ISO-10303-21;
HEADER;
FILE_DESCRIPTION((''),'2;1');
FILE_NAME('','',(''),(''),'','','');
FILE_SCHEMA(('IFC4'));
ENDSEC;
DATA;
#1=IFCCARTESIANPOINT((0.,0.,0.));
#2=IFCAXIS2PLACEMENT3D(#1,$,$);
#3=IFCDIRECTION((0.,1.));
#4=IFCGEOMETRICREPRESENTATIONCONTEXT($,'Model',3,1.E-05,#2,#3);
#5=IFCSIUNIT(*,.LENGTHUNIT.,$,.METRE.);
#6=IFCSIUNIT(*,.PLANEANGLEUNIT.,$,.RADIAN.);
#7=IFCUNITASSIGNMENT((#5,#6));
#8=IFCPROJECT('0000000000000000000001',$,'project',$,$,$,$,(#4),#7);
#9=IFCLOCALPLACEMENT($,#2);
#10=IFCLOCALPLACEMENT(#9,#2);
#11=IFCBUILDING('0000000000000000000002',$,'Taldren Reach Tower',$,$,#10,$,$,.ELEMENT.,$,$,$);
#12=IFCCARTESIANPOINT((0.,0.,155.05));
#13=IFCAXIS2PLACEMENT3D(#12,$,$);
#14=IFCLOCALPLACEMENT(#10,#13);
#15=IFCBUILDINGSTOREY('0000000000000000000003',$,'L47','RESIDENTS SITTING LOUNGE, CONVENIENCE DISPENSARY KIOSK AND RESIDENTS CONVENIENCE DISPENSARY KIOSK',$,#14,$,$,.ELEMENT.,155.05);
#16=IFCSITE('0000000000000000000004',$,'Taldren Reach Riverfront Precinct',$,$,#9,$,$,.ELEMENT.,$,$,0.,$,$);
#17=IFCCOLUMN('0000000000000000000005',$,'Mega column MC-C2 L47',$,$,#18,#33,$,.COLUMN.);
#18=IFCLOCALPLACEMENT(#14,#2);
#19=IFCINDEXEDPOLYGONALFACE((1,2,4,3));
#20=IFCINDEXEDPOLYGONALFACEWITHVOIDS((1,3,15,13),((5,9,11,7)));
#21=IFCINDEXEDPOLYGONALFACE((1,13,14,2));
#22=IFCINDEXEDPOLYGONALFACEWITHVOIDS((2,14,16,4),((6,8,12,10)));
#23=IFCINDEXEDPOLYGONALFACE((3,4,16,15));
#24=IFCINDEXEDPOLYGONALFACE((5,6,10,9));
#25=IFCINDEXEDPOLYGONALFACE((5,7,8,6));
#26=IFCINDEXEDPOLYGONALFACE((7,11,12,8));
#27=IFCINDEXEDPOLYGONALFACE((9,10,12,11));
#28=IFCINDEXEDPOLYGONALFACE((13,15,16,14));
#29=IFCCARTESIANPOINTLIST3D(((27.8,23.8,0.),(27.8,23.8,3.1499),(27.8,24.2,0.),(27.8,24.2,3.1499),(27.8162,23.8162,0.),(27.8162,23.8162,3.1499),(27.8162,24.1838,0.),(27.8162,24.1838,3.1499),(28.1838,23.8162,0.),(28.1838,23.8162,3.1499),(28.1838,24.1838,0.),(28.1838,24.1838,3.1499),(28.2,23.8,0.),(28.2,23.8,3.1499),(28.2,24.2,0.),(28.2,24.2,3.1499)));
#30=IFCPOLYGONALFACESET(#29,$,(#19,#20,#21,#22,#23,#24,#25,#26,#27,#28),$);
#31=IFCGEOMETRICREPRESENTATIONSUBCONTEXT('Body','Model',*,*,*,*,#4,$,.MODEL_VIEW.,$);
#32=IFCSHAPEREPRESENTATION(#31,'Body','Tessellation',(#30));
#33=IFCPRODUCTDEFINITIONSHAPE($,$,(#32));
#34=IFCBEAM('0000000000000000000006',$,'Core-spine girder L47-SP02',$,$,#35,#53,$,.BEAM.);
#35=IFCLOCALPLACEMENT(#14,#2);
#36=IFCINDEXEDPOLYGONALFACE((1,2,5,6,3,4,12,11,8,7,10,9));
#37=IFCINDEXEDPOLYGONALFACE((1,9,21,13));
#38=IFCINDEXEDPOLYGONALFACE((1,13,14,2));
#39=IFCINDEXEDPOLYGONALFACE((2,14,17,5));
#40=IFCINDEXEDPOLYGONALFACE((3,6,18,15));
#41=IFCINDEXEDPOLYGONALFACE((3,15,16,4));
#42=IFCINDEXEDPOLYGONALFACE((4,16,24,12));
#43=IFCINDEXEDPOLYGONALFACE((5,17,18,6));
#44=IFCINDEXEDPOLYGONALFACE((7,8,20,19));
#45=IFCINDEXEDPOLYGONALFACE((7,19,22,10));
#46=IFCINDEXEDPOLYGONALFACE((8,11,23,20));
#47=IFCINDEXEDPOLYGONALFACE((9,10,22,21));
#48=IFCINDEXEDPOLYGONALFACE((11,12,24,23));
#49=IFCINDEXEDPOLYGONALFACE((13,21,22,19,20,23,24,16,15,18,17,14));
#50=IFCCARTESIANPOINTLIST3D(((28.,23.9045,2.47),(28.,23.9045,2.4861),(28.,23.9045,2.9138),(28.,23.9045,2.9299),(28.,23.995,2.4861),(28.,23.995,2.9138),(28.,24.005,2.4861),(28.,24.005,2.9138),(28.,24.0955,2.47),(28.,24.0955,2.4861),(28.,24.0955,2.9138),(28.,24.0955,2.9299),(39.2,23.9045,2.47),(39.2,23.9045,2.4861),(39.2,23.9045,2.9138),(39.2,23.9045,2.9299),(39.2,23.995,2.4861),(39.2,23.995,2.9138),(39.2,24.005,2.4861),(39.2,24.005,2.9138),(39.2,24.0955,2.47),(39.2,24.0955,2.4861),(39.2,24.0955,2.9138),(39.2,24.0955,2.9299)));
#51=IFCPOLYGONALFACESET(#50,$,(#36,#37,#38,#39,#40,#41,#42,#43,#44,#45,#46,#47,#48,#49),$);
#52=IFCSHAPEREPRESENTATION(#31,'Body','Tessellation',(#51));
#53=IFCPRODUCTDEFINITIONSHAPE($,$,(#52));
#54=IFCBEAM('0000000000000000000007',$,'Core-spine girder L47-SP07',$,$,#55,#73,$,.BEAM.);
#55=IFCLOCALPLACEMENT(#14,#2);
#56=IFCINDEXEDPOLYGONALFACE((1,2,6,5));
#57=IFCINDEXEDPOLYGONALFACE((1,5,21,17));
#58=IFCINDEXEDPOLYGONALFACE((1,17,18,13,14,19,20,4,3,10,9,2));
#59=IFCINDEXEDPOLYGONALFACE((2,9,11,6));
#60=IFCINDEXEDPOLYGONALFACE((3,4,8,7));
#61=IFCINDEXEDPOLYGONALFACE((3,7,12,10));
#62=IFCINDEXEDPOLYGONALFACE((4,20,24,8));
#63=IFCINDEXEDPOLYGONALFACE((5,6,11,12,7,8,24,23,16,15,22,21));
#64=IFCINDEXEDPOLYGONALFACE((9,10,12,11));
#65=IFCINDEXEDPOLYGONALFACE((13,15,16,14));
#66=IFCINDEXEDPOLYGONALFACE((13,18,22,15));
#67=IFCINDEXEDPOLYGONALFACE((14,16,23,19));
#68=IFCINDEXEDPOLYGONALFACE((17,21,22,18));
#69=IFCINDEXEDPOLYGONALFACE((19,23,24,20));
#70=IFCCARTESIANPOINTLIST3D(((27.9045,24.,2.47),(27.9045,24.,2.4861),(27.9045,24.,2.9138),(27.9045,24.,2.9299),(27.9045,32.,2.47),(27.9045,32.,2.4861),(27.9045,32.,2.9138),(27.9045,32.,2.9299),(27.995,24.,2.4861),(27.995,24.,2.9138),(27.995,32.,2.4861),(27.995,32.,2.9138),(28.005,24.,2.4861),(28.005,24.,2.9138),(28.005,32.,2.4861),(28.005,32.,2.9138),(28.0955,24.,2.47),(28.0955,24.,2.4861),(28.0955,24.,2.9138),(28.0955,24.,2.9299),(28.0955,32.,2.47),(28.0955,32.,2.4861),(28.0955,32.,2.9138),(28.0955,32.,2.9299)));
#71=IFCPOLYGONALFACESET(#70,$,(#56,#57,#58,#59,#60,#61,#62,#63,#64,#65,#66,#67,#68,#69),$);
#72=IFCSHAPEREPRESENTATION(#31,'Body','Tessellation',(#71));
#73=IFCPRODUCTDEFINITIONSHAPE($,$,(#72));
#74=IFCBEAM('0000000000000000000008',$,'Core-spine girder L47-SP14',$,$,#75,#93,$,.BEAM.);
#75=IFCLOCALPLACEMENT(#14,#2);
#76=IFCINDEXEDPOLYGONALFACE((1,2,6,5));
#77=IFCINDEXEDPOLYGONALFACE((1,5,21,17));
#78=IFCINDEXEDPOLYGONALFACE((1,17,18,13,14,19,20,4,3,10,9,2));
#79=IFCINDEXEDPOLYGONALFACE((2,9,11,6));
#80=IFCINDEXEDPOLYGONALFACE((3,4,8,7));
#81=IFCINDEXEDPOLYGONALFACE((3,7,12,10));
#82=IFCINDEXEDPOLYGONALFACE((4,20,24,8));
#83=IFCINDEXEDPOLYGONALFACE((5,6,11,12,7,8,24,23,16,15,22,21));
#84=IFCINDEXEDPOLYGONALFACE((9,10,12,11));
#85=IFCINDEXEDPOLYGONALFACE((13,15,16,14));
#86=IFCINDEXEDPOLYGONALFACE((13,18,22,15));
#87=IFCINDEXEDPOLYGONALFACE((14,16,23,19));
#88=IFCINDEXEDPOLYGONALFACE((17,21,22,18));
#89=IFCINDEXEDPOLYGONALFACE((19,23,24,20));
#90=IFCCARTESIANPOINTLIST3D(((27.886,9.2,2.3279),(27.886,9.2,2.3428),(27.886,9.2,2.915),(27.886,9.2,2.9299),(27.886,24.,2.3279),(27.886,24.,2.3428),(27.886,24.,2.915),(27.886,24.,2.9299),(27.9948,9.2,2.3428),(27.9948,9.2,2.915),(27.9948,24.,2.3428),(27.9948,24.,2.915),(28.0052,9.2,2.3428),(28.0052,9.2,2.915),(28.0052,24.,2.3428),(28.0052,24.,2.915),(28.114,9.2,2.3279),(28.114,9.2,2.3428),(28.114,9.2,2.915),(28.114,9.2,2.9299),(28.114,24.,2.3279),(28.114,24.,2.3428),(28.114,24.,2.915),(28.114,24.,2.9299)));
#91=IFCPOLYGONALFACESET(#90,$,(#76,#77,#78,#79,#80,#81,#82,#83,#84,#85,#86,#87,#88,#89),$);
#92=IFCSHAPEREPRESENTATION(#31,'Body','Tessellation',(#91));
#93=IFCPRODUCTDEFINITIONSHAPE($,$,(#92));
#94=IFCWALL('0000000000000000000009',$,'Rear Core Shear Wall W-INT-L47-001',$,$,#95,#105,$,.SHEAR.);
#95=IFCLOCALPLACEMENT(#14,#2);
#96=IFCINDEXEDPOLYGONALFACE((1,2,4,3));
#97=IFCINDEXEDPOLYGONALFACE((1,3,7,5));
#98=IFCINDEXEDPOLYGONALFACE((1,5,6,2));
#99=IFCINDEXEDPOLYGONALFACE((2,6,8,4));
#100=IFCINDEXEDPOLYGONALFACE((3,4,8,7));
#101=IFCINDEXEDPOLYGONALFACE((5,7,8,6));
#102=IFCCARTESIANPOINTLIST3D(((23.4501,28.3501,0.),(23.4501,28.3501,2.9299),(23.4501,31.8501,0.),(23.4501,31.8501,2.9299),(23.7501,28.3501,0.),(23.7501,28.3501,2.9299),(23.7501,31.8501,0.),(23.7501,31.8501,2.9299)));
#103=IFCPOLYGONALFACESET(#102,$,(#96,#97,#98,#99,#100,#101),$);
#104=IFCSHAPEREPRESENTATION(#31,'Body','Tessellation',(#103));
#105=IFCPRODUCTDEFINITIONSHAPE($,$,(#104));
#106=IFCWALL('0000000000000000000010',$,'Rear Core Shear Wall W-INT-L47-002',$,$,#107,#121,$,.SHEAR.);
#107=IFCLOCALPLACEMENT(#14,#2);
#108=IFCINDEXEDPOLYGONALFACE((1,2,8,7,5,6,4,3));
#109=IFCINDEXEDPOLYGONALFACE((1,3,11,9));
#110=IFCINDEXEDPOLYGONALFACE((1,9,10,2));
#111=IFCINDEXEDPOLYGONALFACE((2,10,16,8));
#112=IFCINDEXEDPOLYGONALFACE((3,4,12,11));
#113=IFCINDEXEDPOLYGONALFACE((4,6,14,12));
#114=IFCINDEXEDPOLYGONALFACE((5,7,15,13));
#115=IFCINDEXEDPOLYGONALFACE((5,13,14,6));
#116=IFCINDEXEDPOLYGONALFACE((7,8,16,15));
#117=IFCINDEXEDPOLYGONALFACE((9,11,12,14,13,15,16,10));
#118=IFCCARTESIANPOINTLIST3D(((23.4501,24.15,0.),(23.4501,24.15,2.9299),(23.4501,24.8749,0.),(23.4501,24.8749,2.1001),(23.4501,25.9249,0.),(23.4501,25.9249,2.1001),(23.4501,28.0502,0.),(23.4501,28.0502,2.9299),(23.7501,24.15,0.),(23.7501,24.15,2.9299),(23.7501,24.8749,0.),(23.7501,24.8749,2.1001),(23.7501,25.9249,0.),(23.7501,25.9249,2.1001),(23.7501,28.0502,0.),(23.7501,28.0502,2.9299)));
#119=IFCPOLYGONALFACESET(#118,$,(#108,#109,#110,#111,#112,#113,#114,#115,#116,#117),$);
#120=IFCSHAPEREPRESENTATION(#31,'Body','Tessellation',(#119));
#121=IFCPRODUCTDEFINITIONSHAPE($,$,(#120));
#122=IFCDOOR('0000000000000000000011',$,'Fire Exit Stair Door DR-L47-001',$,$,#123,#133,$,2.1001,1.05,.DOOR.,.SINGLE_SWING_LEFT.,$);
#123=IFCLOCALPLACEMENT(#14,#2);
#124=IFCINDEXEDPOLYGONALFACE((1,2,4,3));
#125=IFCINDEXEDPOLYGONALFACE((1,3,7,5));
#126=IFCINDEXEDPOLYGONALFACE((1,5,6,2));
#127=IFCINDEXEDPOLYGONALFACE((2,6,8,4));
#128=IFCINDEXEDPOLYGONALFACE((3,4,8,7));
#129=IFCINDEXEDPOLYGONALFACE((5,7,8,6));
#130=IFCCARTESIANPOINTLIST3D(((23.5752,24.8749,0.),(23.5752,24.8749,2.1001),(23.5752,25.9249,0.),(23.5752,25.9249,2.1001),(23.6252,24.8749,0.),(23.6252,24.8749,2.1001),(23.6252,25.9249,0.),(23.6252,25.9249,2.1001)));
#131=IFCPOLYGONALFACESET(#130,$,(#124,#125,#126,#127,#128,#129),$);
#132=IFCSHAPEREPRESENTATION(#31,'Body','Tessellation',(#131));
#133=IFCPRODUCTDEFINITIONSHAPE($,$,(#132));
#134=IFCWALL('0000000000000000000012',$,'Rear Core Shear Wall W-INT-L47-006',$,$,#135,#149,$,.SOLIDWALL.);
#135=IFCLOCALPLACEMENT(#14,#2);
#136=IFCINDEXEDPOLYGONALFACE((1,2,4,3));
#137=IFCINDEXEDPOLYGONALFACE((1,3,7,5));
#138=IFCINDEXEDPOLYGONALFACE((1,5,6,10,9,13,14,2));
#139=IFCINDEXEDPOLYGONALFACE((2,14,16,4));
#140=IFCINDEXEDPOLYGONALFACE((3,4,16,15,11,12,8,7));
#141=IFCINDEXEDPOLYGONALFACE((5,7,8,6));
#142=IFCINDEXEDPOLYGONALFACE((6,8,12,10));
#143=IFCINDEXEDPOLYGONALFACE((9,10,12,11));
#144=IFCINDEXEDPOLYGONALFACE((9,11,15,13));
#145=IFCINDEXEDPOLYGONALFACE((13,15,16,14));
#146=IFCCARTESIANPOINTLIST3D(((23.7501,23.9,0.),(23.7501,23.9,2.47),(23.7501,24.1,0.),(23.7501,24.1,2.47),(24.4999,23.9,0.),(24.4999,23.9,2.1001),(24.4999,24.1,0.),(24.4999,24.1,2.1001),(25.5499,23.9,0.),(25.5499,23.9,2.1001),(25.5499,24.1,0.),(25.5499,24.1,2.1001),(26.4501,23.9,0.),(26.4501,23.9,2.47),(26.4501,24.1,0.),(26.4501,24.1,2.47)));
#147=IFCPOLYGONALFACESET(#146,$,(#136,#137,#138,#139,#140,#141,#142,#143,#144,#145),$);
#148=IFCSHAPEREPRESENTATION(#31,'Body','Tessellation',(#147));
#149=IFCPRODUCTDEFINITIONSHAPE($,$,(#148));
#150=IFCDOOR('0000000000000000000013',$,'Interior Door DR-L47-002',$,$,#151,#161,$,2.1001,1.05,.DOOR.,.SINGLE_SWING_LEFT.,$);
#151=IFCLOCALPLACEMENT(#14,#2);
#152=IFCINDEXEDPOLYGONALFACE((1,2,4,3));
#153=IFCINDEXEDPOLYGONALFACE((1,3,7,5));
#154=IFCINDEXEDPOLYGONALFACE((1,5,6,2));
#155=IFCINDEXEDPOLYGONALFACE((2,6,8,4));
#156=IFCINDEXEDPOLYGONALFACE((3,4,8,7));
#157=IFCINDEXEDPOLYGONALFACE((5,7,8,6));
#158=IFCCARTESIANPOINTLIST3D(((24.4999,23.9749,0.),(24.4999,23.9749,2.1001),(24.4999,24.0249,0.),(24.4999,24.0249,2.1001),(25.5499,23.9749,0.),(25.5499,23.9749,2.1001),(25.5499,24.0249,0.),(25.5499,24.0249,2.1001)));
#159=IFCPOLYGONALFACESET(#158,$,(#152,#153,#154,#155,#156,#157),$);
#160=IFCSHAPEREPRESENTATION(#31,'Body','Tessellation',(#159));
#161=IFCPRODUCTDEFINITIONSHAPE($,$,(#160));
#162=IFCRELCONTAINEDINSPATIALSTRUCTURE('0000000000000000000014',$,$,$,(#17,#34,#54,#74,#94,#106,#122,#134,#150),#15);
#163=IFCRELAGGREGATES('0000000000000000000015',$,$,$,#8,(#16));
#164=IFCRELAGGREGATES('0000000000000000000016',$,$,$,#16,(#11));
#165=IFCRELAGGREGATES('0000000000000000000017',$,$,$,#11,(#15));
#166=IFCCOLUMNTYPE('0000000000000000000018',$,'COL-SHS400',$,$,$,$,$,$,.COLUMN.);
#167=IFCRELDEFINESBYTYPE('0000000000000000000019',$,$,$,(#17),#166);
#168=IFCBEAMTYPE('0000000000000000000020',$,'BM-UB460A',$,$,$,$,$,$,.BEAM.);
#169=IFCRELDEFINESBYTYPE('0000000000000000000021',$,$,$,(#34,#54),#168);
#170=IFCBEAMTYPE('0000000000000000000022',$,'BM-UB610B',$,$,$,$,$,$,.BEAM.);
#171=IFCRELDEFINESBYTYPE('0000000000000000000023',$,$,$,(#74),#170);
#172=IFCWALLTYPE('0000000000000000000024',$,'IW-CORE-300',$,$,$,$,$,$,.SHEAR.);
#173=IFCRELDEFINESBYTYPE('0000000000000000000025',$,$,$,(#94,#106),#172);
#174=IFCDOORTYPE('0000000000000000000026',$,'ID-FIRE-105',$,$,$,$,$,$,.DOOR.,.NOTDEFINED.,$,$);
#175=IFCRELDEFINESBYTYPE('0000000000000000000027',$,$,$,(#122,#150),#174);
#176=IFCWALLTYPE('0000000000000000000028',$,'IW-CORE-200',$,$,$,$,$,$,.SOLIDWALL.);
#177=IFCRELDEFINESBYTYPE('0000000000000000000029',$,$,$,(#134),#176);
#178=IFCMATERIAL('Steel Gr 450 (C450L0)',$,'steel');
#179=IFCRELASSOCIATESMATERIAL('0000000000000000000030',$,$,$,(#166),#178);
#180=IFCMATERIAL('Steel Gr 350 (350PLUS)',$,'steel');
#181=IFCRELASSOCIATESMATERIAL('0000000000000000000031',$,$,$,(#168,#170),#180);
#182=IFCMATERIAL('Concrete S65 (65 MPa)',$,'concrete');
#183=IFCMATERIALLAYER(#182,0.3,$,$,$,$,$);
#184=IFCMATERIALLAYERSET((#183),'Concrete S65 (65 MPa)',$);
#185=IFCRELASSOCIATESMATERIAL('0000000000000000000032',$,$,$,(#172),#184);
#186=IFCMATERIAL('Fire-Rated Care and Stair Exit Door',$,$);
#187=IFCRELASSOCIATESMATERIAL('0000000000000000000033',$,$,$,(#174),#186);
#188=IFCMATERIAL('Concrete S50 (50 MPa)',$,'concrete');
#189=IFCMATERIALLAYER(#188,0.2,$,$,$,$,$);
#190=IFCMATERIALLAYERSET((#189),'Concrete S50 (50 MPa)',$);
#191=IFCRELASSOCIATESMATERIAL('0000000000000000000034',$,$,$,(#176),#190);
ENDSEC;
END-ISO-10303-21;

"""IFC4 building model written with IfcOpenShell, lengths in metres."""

from ifc_helpers import new_model, si_unit, direction, frame, frame_2d, origin, origin_2d, place, context, subcontext, project, spatial, rectangle, hollow_rectangle, i_section, extrude, source, transform, mapped, material, layer, layer_set, material_profile, profile_set, type_object, element, fill, save


model = new_model("IFC4")

# Units and contexts
model_context = context("Model", 3, precision=1e-05, world=origin(), true_north=direction((0.0, 1.0)))
body_context = subcontext(model_context, "Body", "Model", "MODEL_VIEW")
ifc_project = project(units=[si_unit("LENGTHUNIT", "METRE"), si_unit("PLANEANGLEUNIT", "RADIAN")], contexts=[model_context])

# Site, building, storey
site_placement = place(None, origin())
site = spatial("IfcSite", under=ifc_project, at=site_placement, Name="Taldren Reach Riverfront Precinct", CompositionType="ELEMENT", RefElevation=0.0)
building_placement = place(site_placement, origin())
building = spatial("IfcBuilding", under=site, at=building_placement, Name="Taldren Reach Tower", CompositionType="ELEMENT")
storey_placement = place(building_placement, frame((0.0, 0.0, 155.05)))
storey = spatial("IfcBuildingStorey", under=building, at=storey_placement, Name="L47", Description="RESIDENTS SITTING LOUNGE, CONVENIENCE DISPENSARY KIOSK AND RESIDENTS CONVENIENCE DISPENSARY KIOSK", CompositionType="ELEMENT", Elevation=155.05)

# Column
ifc_material_1 = material(Name="Steel Gr 450 (C450L0)", Category="steel")
ifc_material_profile_1 = material_profile(ifc_material_1, hollow_rectangle(XDim=0.3999, YDim=0.3999, WallThickness=0.0161, at=origin_2d()), Name="400x400x16.0SHS")
ifc_profile_set_1 = profile_set([ifc_material_profile_1], Name="Steel Gr 450 (C450L0)")
column_type = type_object("IfcColumnType", Name="COL-SHS400", PredefinedType="COLUMN", material=ifc_profile_set_1)
shared_shape_1 = source(origin(), body_context, "Body", "SweptSolid", [
    extrude(hollow_rectangle(XDim=0.3999, YDim=0.3999, WallThickness=0.0161, at=origin_2d()), origin(), (0.0, 0.0, 1.0), 3.1499),
])
column_placement = place(storey_placement, frame((28.0, 24.0, 0.0), z_axis=(0.0, 0.0, 1.0), x_axis=(1.0, 0.0, 0.0)))
element("IfcColumn", 1, at=column_placement, inside=storey, type_object=column_type, Name="Mega column MC-C2 L47", PredefinedType="COLUMN", context=body_context, shape_type="MappedRepresentation", body=[
    mapped(shared_shape_1, transform((0.0, 0.0, 0.0), scale=1.0)),
])

# Beams
ifc_material_2 = material(Name="Steel Gr 350 (350PLUS)", Category="steel")
ifc_material_profile_2 = material_profile(ifc_material_2, i_section(OverallWidth=0.1909, OverallDepth=0.46, WebThickness=0.01, FlangeThickness=0.0161, at=origin_2d()), Name="460UB82.1")
ifc_profile_set_2 = profile_set([ifc_material_profile_2], Name="Steel Gr 350 (350PLUS)")
beam_type_1 = type_object("IfcBeamType", Name="BM-UB460A", PredefinedType="BEAM", material=ifc_profile_set_2)
shared_shape_2 = source(origin(), body_context, "Body", "SweptSolid", [
    extrude(i_section(OverallWidth=0.1909, OverallDepth=0.46, WebThickness=0.01, FlangeThickness=0.0161, at=origin_2d()), origin(), (0.0, 0.0, 1.0), 11.2),
])
beam_1_placement = place(storey_placement, frame((28.0, 24.0, 2.7), z_axis=(1.0, 0.0, 0.0), x_axis=(0.0, 1.0, 0.0)))
element("IfcBeam", 2, at=beam_1_placement, inside=storey, type_object=beam_type_1, Name="Core-spine girder L47-SP02", PredefinedType="BEAM", context=body_context, shape_type="MappedRepresentation", body=[
    mapped(shared_shape_2, transform((0.0, 0.0, 0.0), scale=1.0)),
])
shared_shape_3 = source(origin(), body_context, "Body", "SweptSolid", [
    extrude(i_section(OverallWidth=0.1909, OverallDepth=0.46, WebThickness=0.01, FlangeThickness=0.0161, at=origin_2d()), origin(), (0.0, 0.0, 1.0), 8.0),
])
beam_2_placement = place(storey_placement, frame((28.0, 24.0, 2.7), z_axis=(0.0, 1.0, 0.0), x_axis=(-1.0, 0.0, 0.0)))
element("IfcBeam", 3, at=beam_2_placement, inside=storey, type_object=beam_type_1, Name="Core-spine girder L47-SP07", PredefinedType="BEAM", context=body_context, shape_type="MappedRepresentation", body=[
    mapped(shared_shape_3, transform((0.0, 0.0, 0.0), scale=1.0)),
])
ifc_material_profile_3 = material_profile(ifc_material_2, i_section(OverallWidth=0.228, OverallDepth=0.6021, WebThickness=0.0105, FlangeThickness=0.0149, at=origin_2d()), Name="610UB101")
ifc_profile_set_3 = profile_set([ifc_material_profile_3], Name="Steel Gr 350 (350PLUS)")
beam_type_2 = type_object("IfcBeamType", Name="BM-UB610B", PredefinedType="BEAM", material=ifc_profile_set_3)
shared_shape_4 = source(origin(), body_context, "Body", "SweptSolid", [
    extrude(i_section(OverallWidth=0.228, OverallDepth=0.6021, WebThickness=0.0105, FlangeThickness=0.0149, at=origin_2d()), origin(), (0.0, 0.0, 1.0), 14.8),
])
beam_3_placement = place(storey_placement, frame((28.0, 24.0, 2.6289), z_axis=(0.0, -1.0, 0.0), x_axis=(1.0, 0.0, 0.0)))
element("IfcBeam", 4, at=beam_3_placement, inside=storey, type_object=beam_type_2, Name="Core-spine girder L47-SP14", PredefinedType="BEAM", context=body_context, shape_type="MappedRepresentation", body=[
    mapped(shared_shape_4, transform((0.0, 0.0, 0.0), scale=1.0)),
])

# Wall
ifc_material_3 = material(Name="Concrete S65 (65 MPa)", Category="concrete")
ifc_layer_1 = layer(ifc_material_3, 0.3)
ifc_layer_set_1 = layer_set([ifc_layer_1], Name="Concrete S65 (65 MPa)")
wall_type_1 = type_object("IfcWallType", Name="IW-CORE-300", PredefinedType="SHEAR", material=ifc_layer_set_1)
shared_shape_5 = source(origin(), body_context, "Body", "SweptSolid", [
    extrude(rectangle(XDim=3.5, YDim=0.3, at=frame_2d((1.75, 0.0))), origin(), (0.0, 0.0, 1.0), 2.9299),
])
wall_1_placement = place(storey_placement, frame((23.6001, 28.3501, 0.0), z_axis=(0.0, 0.0, 1.0), x_axis=(0.0, 1.0, 0.0)))
element("IfcWall", 5, at=wall_1_placement, inside=storey, type_object=wall_type_1, Name="Rear Core Shear Wall W-INT-L47-001", PredefinedType="SHEAR", context=body_context, shape_type="MappedRepresentation", body=[
    mapped(shared_shape_5, transform((0.0, 0.0, 0.0), scale=1.0)),
])

# Walls, openings, doors
shared_shape_6 = source(origin(), body_context, "Body", "SweptSolid", [
    extrude(rectangle(XDim=3.9001, YDim=0.3, at=frame_2d((1.9502, 0.0))), origin(), (0.0, 0.0, 1.0), 2.9299),
])
wall_2_placement = place(storey_placement, frame((23.6001, 24.1499, 0.0), z_axis=(0.0, 0.0, 1.0), x_axis=(0.0, 1.0, 0.0)))
wall_2 = element("IfcWall", 6, at=wall_2_placement, inside=storey, type_object=wall_type_1, Name="Rear Core Shear Wall W-INT-L47-002", PredefinedType="SHEAR", context=body_context, shape_type="MappedRepresentation", body=[
    mapped(shared_shape_6, transform((0.0, 0.0, 0.0), scale=1.0)),
])
shared_shape_7 = source(origin(), body_context, "Body", "SweptSolid", [
    extrude(rectangle(XDim=1.05, YDim=2.1001, at=frame_2d((0.5249, 1.05))), frame((0.0, 0.1602, 0.0), z_axis=(0.0, -1.0, 0.0), x_axis=(1.0, 0.0, 0.0)), (0.0, 0.0, 1.0), 0.3201),
])
opening_1_placement = place(wall_2_placement, frame((0.7251, 0.0, 0.0)))
opening_1 = element("IfcOpeningElement", 7, at=opening_1_placement, cuts=wall_2, PredefinedType="OPENING", context=body_context, shape_type="MappedRepresentation", body=[
    mapped(shared_shape_7, transform((0.0, 0.0, 0.0), scale=1.0)),
])
ifc_material_4 = material(Name="Fire-Rated Care and Stair Exit Door")
door_type_1 = type_object("IfcDoorType", Name="ID-FIRE-105", OperationType="NOTDEFINED", PredefinedType="DOOR", material=ifc_material_4)
shared_shape_8 = source(origin(), body_context, "Body", "SweptSolid", [
    extrude(rectangle(XDim=1.05, YDim=2.1001, at=frame_2d((0.5249, 1.05))), frame((0.0, 0.0249, 0.0), z_axis=(0.0, -1.0, 0.0), x_axis=(1.0, 0.0, 0.0)), (0.0, 0.0, 1.0), 0.05),
])
door_1_placement = place(opening_1_placement, origin())
door_1 = element("IfcDoor", 8, at=door_1_placement, inside=storey, type_object=door_type_1, Name="Fire Exit Stair Door DR-L47-001", OperationType="SINGLE_SWING_LEFT", OverallHeight=2.1001, OverallWidth=1.05, PredefinedType="DOOR", context=body_context, shape_type="MappedRepresentation", body=[
    mapped(shared_shape_8, transform((0.0, 0.0, 0.0), scale=1.0)),
])
fill(opening_1, door_1)
ifc_material_5 = material(Name="Concrete S50 (50 MPa)", Category="concrete")
ifc_layer_2 = layer(ifc_material_5, 0.2)
ifc_layer_set_2 = layer_set([ifc_layer_2], Name="Concrete S50 (50 MPa)")
wall_type_2 = type_object("IfcWallType", Name="IW-CORE-200", PredefinedType="SOLIDWALL", material=ifc_layer_set_2)
shared_shape_9 = source(origin(), body_context, "Body", "SweptSolid", [
    extrude(rectangle(XDim=2.7, YDim=0.2, at=frame_2d((1.3501, 0.0))), origin(), (0.0, 0.0, 1.0), 2.47),
])
wall_3_placement = place(storey_placement, frame((23.75, 24.0, 0.0), z_axis=(0.0, 0.0, 1.0), x_axis=(1.0, 0.0, 0.0)))
wall_3 = element("IfcWall", 9, at=wall_3_placement, inside=storey, type_object=wall_type_2, Name="Rear Core Shear Wall W-INT-L47-006", PredefinedType="SOLIDWALL", context=body_context, shape_type="MappedRepresentation", body=[
    mapped(shared_shape_9, transform((0.0, 0.0, 0.0), scale=1.0)),
])
shared_shape_10 = source(origin(), body_context, "Body", "SweptSolid", [
    extrude(rectangle(XDim=1.05, YDim=2.1001, at=frame_2d((0.5249, 1.05))), frame((0.0, 0.1099, 0.0), z_axis=(0.0, -1.0, 0.0), x_axis=(1.0, 0.0, 0.0)), (0.0, 0.0, 1.0), 0.22),
])
opening_2_placement = place(wall_3_placement, frame((0.75, 0.0, 0.0)))
opening_2 = element("IfcOpeningElement", 10, at=opening_2_placement, cuts=wall_3, PredefinedType="OPENING", context=body_context, shape_type="MappedRepresentation", body=[
    mapped(shared_shape_10, transform((0.0, 0.0, 0.0), scale=1.0)),
])
door_2_placement = place(opening_2_placement, origin())
door_2 = element("IfcDoor", 11, at=door_2_placement, inside=storey, type_object=door_type_1, Name="Interior Door DR-L47-002", OperationType="SINGLE_SWING_LEFT", OverallHeight=2.1001, OverallWidth=1.05, PredefinedType="DOOR", context=body_context, shape_type="MappedRepresentation", body=[
    mapped(shared_shape_8, transform((0.0, 0.0, 0.0), scale=1.0)),
])
fill(opening_2, door_2)

save(model, "model.ifc")
